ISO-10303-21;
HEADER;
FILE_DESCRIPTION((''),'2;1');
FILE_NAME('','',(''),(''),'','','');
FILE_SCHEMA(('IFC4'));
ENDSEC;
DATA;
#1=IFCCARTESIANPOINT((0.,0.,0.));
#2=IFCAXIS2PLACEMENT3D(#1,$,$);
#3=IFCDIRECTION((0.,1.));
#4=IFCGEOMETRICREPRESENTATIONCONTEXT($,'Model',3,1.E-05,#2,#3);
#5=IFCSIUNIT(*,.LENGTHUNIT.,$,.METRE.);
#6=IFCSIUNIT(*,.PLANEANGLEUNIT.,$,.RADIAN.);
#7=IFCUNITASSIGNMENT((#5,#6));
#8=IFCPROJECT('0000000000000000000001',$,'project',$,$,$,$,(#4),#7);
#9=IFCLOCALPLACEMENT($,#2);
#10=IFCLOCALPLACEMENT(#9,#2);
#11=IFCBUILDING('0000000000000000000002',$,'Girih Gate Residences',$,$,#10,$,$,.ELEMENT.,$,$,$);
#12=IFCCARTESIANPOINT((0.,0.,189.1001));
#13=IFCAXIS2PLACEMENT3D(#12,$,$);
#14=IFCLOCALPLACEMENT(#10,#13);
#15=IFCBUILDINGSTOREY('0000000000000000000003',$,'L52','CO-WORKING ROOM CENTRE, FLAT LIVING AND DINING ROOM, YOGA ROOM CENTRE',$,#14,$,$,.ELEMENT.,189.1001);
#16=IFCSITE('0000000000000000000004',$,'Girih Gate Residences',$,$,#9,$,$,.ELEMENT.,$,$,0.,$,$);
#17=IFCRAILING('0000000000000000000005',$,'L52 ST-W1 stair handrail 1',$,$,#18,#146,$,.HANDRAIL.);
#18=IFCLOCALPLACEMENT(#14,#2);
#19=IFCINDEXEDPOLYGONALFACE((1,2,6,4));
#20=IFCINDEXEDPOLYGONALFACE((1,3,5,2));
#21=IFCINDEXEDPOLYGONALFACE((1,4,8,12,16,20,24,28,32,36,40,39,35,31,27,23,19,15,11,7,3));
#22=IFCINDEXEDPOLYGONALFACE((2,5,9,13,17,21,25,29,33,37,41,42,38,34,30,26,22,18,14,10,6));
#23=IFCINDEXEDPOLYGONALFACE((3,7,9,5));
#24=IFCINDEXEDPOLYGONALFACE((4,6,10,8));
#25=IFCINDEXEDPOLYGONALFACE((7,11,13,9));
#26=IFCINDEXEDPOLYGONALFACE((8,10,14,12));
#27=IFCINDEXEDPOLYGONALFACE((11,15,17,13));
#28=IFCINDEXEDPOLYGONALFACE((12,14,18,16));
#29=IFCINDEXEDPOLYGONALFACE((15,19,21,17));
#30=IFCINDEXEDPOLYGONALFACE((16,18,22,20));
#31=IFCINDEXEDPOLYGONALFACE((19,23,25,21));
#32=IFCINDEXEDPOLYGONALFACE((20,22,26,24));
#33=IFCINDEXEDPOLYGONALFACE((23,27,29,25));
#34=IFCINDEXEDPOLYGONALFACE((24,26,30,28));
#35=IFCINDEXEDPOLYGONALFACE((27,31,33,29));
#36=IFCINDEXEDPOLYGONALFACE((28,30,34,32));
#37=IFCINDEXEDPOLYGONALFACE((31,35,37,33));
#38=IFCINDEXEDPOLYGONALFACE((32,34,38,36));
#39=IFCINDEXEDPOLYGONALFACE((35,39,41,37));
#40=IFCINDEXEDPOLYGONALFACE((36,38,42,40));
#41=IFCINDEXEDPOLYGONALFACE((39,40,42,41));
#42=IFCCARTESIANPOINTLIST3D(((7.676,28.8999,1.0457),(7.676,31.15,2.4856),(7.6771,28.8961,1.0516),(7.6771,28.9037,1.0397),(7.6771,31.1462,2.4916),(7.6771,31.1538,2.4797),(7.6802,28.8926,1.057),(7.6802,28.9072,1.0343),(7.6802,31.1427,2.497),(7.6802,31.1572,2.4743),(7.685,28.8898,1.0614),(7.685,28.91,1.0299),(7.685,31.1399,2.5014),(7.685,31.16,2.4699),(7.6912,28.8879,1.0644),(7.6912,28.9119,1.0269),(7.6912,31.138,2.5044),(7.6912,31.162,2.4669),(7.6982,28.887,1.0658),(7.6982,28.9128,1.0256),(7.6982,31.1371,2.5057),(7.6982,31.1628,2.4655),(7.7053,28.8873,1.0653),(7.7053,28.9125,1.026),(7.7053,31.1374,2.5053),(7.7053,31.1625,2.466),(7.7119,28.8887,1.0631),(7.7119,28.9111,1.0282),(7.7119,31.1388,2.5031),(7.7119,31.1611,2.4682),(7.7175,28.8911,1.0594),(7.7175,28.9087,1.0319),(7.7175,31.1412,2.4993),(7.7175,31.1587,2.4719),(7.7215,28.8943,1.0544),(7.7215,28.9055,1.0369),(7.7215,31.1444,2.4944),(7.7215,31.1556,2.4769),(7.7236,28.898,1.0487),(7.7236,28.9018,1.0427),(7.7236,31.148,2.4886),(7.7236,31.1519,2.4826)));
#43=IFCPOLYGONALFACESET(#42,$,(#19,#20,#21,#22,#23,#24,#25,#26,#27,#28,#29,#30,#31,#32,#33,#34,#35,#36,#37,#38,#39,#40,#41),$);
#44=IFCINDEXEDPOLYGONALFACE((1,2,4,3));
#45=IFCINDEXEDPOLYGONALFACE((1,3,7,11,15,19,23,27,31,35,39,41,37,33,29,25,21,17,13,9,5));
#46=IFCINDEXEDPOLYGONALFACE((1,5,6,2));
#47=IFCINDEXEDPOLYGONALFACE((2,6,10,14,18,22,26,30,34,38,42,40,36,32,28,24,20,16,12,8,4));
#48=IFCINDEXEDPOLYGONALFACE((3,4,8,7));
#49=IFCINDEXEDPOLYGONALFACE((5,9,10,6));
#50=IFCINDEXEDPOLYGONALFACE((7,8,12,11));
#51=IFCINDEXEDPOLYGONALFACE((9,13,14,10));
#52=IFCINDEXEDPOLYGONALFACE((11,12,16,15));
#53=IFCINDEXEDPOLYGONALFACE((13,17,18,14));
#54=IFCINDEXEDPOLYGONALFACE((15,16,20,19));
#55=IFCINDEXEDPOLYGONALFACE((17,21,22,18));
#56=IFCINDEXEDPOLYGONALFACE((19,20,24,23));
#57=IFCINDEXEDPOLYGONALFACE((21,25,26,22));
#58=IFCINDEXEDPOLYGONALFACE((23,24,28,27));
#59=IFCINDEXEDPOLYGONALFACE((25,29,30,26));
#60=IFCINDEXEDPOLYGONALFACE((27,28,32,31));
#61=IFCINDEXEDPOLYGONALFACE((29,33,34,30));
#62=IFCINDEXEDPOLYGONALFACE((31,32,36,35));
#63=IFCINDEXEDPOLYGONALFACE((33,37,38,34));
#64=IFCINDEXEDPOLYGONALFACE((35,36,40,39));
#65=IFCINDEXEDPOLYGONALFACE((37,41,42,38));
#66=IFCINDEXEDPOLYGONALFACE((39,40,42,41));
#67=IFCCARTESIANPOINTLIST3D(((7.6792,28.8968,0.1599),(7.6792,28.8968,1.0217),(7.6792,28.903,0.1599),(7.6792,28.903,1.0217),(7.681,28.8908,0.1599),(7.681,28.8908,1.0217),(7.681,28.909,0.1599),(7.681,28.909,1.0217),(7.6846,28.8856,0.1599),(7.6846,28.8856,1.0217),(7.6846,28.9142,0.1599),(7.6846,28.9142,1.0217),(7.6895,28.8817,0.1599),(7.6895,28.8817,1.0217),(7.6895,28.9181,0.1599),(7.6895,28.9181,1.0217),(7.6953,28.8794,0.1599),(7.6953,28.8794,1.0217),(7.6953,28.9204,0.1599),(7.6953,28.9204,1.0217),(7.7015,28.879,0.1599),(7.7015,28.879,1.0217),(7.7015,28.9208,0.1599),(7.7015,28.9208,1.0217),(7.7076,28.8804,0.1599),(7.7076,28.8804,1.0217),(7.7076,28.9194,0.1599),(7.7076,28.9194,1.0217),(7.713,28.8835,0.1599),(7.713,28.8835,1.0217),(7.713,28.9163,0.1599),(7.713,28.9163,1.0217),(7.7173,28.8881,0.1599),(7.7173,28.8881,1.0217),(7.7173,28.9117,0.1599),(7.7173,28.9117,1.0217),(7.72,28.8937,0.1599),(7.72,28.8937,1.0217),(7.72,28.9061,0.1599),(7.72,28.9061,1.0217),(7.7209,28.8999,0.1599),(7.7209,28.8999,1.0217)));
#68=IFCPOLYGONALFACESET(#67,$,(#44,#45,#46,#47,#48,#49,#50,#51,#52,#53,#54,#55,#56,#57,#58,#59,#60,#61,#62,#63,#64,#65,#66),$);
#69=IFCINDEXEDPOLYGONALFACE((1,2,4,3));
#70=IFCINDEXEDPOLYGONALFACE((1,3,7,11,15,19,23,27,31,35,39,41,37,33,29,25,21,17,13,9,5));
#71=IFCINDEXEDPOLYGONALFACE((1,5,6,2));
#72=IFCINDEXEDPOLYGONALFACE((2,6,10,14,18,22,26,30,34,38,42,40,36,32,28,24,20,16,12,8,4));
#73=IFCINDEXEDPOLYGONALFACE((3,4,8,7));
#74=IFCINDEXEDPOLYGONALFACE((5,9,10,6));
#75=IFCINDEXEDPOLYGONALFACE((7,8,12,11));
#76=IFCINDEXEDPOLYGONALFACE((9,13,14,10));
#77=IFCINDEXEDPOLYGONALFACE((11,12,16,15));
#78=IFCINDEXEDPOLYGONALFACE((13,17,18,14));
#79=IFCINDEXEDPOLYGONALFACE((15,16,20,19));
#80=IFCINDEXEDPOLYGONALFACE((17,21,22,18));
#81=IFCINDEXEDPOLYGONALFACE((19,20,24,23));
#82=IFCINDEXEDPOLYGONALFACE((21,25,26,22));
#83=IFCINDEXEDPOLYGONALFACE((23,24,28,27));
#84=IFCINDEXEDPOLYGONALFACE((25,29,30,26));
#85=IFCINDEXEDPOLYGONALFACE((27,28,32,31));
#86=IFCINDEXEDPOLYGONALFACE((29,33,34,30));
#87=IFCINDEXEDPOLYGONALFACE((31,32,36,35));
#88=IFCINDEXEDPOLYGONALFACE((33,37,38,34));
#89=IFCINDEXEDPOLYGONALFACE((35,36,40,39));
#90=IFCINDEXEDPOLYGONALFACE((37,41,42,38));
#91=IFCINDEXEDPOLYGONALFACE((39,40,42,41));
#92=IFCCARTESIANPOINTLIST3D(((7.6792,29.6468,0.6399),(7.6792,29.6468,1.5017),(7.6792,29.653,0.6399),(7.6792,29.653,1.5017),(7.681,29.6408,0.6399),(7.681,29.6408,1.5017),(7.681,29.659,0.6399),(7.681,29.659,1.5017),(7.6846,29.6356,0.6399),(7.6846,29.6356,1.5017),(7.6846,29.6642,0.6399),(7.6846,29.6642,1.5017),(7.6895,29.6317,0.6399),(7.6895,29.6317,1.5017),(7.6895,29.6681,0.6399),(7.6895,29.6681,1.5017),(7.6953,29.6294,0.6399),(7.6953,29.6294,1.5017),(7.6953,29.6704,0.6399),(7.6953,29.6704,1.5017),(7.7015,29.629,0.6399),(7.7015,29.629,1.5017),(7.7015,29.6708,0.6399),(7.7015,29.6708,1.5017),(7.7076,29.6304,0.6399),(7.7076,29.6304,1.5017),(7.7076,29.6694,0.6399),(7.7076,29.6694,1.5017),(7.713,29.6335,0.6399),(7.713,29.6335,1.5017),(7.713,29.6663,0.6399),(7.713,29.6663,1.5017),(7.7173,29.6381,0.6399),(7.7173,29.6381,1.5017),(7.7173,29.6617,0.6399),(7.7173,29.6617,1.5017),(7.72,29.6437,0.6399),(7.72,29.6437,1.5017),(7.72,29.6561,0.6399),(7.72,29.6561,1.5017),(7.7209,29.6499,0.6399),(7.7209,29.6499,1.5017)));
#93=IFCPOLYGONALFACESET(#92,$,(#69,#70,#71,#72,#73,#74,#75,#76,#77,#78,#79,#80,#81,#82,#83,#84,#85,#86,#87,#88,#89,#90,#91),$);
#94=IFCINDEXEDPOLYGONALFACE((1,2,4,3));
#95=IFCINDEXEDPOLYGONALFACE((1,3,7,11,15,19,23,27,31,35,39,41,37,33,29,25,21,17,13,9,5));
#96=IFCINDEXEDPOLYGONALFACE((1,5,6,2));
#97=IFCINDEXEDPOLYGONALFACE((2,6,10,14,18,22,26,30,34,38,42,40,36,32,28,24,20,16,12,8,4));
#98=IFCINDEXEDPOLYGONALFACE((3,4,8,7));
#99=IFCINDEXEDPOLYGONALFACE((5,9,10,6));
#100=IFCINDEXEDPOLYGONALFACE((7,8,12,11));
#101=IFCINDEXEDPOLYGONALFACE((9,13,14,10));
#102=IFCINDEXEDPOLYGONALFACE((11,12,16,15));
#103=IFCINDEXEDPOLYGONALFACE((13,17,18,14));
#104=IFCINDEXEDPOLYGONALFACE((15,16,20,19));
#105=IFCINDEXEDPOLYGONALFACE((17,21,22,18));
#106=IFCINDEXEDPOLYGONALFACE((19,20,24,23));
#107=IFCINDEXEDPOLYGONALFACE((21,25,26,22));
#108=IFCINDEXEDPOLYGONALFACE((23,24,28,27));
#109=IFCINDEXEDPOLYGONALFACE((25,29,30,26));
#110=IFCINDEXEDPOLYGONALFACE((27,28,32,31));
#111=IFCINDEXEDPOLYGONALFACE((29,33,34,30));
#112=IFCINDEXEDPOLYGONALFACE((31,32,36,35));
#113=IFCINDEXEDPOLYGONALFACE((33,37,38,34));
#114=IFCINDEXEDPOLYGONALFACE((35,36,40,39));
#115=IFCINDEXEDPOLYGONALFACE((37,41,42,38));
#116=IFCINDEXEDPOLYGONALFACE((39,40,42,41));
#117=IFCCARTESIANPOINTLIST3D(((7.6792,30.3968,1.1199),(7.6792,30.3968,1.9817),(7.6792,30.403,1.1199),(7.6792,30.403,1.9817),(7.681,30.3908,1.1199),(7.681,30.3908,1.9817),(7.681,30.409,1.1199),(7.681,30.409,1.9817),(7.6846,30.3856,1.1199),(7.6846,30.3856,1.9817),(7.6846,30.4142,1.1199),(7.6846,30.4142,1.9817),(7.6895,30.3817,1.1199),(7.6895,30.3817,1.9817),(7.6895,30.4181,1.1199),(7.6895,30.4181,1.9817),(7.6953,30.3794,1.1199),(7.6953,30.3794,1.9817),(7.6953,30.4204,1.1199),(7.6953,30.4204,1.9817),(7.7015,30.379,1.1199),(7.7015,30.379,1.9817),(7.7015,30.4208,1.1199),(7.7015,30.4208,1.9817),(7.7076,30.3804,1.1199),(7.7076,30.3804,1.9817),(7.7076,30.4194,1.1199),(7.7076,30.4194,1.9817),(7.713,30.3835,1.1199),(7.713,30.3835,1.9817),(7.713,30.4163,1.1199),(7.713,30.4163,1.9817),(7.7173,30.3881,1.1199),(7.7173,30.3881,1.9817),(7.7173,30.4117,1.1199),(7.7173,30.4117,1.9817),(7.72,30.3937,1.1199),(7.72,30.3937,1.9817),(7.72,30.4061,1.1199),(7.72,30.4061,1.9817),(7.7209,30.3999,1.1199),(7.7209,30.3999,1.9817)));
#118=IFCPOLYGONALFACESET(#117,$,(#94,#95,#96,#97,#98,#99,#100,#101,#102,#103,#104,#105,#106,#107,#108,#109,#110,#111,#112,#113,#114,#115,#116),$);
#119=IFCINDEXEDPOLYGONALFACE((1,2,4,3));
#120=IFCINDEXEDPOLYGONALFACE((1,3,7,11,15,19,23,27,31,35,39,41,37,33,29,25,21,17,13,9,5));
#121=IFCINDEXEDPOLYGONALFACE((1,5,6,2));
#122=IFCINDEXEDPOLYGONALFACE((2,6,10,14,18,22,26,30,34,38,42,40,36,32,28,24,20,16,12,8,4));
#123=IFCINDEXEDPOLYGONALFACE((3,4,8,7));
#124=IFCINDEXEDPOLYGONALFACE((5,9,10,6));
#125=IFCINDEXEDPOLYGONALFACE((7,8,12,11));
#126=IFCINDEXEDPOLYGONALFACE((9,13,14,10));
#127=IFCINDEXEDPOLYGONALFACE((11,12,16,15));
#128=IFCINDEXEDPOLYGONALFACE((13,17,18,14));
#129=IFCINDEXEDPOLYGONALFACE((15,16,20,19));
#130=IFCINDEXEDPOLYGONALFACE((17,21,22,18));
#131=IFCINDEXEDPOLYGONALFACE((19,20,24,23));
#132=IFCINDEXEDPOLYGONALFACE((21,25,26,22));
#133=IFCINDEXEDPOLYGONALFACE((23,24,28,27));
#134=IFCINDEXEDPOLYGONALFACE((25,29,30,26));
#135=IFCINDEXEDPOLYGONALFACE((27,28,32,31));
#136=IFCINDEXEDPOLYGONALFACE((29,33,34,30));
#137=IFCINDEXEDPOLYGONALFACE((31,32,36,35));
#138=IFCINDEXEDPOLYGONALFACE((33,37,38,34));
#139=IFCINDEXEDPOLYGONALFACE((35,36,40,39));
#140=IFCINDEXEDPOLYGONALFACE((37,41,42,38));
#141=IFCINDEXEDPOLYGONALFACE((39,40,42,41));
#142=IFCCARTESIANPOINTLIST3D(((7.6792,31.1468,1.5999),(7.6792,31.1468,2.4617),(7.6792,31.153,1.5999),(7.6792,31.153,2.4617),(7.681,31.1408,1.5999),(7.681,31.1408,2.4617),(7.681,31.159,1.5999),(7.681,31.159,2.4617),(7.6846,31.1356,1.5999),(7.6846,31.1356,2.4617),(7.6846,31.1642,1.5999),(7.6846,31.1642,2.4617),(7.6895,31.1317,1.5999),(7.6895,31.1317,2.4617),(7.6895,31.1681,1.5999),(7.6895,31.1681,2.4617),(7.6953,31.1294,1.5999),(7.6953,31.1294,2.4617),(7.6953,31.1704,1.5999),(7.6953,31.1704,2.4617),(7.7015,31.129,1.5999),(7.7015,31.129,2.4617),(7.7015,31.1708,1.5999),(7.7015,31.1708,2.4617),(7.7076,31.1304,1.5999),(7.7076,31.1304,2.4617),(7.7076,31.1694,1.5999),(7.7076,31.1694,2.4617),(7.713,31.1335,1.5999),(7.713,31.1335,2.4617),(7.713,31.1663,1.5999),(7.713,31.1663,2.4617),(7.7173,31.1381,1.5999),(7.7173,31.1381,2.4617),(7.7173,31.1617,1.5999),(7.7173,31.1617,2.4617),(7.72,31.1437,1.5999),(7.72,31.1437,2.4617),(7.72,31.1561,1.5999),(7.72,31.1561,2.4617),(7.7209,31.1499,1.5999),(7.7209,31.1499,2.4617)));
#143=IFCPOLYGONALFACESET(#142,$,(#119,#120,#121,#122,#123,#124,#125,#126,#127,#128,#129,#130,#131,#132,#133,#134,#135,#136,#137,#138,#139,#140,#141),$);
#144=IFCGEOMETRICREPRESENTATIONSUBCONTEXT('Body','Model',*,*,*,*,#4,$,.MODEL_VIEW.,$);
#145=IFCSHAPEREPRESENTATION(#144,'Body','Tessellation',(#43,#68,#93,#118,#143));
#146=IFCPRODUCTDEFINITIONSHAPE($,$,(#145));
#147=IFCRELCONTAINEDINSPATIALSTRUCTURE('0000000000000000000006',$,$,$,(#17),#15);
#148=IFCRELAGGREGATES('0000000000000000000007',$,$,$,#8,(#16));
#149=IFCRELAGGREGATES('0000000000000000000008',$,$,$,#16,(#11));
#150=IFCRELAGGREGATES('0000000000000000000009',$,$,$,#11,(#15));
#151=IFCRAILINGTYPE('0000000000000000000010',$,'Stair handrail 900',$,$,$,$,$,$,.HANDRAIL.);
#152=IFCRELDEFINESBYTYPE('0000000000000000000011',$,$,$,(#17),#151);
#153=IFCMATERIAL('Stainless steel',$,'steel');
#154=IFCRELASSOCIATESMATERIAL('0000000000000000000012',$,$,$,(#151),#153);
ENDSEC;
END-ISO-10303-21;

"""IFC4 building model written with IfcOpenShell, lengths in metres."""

from ifc_helpers import new_model, si_unit, direction, frame, origin, origin_2d, place, context, subcontext, project, spatial, circle, extrude, material, type_object, element, save


model = new_model("IFC4")

# Units and contexts
model_context = context("Model", 3, precision=1e-05, world=origin(), true_north=direction((0.0, 1.0)))
body_context = subcontext(model_context, "Body", "Model", "MODEL_VIEW")
ifc_project = project(units=[si_unit("LENGTHUNIT", "METRE"), si_unit("PLANEANGLEUNIT", "RADIAN")], contexts=[model_context])

# Site, building, storey
site_placement = place(None, origin())
site = spatial("IfcSite", under=ifc_project, at=site_placement, Name="Girih Gate Residences", CompositionType="ELEMENT", RefElevation=0.0)
building_placement = place(site_placement, origin())
building = spatial("IfcBuilding", under=site, at=building_placement, Name="Girih Gate Residences", CompositionType="ELEMENT")
storey_placement = place(building_placement, frame((0.0, 0.0, 189.1001)))
storey = spatial("IfcBuildingStorey", under=building, at=storey_placement, Name="L52", Description="CO-WORKING ROOM CENTRE, FLAT LIVING AND DINING ROOM, YOGA ROOM CENTRE", CompositionType="ELEMENT", Elevation=189.1001)

# Railing
ifc_material_1 = material(Name="Stainless steel", Category="steel")
railing_type_1 = type_object("IfcRailingType", Name="Stair handrail 900", PredefinedType="HANDRAIL", material=ifc_material_1)
for number, where, name in (
    (1, (7.7, 28.8999, 0.1599), "L52 ST-W1 stair handrail 1"),
):
    element("IfcRailing", number, at=place(storey_placement, frame(where)), inside=storey, type_object=railing_type_1, Name=name, PredefinedType="HANDRAIL", context=body_context, shape_type="SweptSolid", body=[
        extrude(circle(Radius=0.0239, at=origin_2d()), frame((0.0, 0.0, 0.8857), z_axis=(0.0, 0.842281, 0.539038), x_axis=(-1.0, 0.0, 0.0)), (0.0, 0.0, 1.0), 2.6714),
        extrude(circle(Radius=0.021, at=origin_2d()), origin(), (0.0, 0.0, 1.0), 0.8618),
        extrude(circle(Radius=0.021, at=origin_2d()), frame((0.0, 0.75, 0.48)), (0.0, 0.0, 1.0), 0.8618),
        extrude(circle(Radius=0.021, at=origin_2d()), frame((0.0, 1.5, 0.96)), (0.0, 0.0, 1.0), 0.8618),
        extrude(circle(Radius=0.021, at=origin_2d()), frame((0.0, 2.25, 1.4399)), (0.0, 0.0, 1.0), 0.8618),
    ])

save(model, "model.ifc")
